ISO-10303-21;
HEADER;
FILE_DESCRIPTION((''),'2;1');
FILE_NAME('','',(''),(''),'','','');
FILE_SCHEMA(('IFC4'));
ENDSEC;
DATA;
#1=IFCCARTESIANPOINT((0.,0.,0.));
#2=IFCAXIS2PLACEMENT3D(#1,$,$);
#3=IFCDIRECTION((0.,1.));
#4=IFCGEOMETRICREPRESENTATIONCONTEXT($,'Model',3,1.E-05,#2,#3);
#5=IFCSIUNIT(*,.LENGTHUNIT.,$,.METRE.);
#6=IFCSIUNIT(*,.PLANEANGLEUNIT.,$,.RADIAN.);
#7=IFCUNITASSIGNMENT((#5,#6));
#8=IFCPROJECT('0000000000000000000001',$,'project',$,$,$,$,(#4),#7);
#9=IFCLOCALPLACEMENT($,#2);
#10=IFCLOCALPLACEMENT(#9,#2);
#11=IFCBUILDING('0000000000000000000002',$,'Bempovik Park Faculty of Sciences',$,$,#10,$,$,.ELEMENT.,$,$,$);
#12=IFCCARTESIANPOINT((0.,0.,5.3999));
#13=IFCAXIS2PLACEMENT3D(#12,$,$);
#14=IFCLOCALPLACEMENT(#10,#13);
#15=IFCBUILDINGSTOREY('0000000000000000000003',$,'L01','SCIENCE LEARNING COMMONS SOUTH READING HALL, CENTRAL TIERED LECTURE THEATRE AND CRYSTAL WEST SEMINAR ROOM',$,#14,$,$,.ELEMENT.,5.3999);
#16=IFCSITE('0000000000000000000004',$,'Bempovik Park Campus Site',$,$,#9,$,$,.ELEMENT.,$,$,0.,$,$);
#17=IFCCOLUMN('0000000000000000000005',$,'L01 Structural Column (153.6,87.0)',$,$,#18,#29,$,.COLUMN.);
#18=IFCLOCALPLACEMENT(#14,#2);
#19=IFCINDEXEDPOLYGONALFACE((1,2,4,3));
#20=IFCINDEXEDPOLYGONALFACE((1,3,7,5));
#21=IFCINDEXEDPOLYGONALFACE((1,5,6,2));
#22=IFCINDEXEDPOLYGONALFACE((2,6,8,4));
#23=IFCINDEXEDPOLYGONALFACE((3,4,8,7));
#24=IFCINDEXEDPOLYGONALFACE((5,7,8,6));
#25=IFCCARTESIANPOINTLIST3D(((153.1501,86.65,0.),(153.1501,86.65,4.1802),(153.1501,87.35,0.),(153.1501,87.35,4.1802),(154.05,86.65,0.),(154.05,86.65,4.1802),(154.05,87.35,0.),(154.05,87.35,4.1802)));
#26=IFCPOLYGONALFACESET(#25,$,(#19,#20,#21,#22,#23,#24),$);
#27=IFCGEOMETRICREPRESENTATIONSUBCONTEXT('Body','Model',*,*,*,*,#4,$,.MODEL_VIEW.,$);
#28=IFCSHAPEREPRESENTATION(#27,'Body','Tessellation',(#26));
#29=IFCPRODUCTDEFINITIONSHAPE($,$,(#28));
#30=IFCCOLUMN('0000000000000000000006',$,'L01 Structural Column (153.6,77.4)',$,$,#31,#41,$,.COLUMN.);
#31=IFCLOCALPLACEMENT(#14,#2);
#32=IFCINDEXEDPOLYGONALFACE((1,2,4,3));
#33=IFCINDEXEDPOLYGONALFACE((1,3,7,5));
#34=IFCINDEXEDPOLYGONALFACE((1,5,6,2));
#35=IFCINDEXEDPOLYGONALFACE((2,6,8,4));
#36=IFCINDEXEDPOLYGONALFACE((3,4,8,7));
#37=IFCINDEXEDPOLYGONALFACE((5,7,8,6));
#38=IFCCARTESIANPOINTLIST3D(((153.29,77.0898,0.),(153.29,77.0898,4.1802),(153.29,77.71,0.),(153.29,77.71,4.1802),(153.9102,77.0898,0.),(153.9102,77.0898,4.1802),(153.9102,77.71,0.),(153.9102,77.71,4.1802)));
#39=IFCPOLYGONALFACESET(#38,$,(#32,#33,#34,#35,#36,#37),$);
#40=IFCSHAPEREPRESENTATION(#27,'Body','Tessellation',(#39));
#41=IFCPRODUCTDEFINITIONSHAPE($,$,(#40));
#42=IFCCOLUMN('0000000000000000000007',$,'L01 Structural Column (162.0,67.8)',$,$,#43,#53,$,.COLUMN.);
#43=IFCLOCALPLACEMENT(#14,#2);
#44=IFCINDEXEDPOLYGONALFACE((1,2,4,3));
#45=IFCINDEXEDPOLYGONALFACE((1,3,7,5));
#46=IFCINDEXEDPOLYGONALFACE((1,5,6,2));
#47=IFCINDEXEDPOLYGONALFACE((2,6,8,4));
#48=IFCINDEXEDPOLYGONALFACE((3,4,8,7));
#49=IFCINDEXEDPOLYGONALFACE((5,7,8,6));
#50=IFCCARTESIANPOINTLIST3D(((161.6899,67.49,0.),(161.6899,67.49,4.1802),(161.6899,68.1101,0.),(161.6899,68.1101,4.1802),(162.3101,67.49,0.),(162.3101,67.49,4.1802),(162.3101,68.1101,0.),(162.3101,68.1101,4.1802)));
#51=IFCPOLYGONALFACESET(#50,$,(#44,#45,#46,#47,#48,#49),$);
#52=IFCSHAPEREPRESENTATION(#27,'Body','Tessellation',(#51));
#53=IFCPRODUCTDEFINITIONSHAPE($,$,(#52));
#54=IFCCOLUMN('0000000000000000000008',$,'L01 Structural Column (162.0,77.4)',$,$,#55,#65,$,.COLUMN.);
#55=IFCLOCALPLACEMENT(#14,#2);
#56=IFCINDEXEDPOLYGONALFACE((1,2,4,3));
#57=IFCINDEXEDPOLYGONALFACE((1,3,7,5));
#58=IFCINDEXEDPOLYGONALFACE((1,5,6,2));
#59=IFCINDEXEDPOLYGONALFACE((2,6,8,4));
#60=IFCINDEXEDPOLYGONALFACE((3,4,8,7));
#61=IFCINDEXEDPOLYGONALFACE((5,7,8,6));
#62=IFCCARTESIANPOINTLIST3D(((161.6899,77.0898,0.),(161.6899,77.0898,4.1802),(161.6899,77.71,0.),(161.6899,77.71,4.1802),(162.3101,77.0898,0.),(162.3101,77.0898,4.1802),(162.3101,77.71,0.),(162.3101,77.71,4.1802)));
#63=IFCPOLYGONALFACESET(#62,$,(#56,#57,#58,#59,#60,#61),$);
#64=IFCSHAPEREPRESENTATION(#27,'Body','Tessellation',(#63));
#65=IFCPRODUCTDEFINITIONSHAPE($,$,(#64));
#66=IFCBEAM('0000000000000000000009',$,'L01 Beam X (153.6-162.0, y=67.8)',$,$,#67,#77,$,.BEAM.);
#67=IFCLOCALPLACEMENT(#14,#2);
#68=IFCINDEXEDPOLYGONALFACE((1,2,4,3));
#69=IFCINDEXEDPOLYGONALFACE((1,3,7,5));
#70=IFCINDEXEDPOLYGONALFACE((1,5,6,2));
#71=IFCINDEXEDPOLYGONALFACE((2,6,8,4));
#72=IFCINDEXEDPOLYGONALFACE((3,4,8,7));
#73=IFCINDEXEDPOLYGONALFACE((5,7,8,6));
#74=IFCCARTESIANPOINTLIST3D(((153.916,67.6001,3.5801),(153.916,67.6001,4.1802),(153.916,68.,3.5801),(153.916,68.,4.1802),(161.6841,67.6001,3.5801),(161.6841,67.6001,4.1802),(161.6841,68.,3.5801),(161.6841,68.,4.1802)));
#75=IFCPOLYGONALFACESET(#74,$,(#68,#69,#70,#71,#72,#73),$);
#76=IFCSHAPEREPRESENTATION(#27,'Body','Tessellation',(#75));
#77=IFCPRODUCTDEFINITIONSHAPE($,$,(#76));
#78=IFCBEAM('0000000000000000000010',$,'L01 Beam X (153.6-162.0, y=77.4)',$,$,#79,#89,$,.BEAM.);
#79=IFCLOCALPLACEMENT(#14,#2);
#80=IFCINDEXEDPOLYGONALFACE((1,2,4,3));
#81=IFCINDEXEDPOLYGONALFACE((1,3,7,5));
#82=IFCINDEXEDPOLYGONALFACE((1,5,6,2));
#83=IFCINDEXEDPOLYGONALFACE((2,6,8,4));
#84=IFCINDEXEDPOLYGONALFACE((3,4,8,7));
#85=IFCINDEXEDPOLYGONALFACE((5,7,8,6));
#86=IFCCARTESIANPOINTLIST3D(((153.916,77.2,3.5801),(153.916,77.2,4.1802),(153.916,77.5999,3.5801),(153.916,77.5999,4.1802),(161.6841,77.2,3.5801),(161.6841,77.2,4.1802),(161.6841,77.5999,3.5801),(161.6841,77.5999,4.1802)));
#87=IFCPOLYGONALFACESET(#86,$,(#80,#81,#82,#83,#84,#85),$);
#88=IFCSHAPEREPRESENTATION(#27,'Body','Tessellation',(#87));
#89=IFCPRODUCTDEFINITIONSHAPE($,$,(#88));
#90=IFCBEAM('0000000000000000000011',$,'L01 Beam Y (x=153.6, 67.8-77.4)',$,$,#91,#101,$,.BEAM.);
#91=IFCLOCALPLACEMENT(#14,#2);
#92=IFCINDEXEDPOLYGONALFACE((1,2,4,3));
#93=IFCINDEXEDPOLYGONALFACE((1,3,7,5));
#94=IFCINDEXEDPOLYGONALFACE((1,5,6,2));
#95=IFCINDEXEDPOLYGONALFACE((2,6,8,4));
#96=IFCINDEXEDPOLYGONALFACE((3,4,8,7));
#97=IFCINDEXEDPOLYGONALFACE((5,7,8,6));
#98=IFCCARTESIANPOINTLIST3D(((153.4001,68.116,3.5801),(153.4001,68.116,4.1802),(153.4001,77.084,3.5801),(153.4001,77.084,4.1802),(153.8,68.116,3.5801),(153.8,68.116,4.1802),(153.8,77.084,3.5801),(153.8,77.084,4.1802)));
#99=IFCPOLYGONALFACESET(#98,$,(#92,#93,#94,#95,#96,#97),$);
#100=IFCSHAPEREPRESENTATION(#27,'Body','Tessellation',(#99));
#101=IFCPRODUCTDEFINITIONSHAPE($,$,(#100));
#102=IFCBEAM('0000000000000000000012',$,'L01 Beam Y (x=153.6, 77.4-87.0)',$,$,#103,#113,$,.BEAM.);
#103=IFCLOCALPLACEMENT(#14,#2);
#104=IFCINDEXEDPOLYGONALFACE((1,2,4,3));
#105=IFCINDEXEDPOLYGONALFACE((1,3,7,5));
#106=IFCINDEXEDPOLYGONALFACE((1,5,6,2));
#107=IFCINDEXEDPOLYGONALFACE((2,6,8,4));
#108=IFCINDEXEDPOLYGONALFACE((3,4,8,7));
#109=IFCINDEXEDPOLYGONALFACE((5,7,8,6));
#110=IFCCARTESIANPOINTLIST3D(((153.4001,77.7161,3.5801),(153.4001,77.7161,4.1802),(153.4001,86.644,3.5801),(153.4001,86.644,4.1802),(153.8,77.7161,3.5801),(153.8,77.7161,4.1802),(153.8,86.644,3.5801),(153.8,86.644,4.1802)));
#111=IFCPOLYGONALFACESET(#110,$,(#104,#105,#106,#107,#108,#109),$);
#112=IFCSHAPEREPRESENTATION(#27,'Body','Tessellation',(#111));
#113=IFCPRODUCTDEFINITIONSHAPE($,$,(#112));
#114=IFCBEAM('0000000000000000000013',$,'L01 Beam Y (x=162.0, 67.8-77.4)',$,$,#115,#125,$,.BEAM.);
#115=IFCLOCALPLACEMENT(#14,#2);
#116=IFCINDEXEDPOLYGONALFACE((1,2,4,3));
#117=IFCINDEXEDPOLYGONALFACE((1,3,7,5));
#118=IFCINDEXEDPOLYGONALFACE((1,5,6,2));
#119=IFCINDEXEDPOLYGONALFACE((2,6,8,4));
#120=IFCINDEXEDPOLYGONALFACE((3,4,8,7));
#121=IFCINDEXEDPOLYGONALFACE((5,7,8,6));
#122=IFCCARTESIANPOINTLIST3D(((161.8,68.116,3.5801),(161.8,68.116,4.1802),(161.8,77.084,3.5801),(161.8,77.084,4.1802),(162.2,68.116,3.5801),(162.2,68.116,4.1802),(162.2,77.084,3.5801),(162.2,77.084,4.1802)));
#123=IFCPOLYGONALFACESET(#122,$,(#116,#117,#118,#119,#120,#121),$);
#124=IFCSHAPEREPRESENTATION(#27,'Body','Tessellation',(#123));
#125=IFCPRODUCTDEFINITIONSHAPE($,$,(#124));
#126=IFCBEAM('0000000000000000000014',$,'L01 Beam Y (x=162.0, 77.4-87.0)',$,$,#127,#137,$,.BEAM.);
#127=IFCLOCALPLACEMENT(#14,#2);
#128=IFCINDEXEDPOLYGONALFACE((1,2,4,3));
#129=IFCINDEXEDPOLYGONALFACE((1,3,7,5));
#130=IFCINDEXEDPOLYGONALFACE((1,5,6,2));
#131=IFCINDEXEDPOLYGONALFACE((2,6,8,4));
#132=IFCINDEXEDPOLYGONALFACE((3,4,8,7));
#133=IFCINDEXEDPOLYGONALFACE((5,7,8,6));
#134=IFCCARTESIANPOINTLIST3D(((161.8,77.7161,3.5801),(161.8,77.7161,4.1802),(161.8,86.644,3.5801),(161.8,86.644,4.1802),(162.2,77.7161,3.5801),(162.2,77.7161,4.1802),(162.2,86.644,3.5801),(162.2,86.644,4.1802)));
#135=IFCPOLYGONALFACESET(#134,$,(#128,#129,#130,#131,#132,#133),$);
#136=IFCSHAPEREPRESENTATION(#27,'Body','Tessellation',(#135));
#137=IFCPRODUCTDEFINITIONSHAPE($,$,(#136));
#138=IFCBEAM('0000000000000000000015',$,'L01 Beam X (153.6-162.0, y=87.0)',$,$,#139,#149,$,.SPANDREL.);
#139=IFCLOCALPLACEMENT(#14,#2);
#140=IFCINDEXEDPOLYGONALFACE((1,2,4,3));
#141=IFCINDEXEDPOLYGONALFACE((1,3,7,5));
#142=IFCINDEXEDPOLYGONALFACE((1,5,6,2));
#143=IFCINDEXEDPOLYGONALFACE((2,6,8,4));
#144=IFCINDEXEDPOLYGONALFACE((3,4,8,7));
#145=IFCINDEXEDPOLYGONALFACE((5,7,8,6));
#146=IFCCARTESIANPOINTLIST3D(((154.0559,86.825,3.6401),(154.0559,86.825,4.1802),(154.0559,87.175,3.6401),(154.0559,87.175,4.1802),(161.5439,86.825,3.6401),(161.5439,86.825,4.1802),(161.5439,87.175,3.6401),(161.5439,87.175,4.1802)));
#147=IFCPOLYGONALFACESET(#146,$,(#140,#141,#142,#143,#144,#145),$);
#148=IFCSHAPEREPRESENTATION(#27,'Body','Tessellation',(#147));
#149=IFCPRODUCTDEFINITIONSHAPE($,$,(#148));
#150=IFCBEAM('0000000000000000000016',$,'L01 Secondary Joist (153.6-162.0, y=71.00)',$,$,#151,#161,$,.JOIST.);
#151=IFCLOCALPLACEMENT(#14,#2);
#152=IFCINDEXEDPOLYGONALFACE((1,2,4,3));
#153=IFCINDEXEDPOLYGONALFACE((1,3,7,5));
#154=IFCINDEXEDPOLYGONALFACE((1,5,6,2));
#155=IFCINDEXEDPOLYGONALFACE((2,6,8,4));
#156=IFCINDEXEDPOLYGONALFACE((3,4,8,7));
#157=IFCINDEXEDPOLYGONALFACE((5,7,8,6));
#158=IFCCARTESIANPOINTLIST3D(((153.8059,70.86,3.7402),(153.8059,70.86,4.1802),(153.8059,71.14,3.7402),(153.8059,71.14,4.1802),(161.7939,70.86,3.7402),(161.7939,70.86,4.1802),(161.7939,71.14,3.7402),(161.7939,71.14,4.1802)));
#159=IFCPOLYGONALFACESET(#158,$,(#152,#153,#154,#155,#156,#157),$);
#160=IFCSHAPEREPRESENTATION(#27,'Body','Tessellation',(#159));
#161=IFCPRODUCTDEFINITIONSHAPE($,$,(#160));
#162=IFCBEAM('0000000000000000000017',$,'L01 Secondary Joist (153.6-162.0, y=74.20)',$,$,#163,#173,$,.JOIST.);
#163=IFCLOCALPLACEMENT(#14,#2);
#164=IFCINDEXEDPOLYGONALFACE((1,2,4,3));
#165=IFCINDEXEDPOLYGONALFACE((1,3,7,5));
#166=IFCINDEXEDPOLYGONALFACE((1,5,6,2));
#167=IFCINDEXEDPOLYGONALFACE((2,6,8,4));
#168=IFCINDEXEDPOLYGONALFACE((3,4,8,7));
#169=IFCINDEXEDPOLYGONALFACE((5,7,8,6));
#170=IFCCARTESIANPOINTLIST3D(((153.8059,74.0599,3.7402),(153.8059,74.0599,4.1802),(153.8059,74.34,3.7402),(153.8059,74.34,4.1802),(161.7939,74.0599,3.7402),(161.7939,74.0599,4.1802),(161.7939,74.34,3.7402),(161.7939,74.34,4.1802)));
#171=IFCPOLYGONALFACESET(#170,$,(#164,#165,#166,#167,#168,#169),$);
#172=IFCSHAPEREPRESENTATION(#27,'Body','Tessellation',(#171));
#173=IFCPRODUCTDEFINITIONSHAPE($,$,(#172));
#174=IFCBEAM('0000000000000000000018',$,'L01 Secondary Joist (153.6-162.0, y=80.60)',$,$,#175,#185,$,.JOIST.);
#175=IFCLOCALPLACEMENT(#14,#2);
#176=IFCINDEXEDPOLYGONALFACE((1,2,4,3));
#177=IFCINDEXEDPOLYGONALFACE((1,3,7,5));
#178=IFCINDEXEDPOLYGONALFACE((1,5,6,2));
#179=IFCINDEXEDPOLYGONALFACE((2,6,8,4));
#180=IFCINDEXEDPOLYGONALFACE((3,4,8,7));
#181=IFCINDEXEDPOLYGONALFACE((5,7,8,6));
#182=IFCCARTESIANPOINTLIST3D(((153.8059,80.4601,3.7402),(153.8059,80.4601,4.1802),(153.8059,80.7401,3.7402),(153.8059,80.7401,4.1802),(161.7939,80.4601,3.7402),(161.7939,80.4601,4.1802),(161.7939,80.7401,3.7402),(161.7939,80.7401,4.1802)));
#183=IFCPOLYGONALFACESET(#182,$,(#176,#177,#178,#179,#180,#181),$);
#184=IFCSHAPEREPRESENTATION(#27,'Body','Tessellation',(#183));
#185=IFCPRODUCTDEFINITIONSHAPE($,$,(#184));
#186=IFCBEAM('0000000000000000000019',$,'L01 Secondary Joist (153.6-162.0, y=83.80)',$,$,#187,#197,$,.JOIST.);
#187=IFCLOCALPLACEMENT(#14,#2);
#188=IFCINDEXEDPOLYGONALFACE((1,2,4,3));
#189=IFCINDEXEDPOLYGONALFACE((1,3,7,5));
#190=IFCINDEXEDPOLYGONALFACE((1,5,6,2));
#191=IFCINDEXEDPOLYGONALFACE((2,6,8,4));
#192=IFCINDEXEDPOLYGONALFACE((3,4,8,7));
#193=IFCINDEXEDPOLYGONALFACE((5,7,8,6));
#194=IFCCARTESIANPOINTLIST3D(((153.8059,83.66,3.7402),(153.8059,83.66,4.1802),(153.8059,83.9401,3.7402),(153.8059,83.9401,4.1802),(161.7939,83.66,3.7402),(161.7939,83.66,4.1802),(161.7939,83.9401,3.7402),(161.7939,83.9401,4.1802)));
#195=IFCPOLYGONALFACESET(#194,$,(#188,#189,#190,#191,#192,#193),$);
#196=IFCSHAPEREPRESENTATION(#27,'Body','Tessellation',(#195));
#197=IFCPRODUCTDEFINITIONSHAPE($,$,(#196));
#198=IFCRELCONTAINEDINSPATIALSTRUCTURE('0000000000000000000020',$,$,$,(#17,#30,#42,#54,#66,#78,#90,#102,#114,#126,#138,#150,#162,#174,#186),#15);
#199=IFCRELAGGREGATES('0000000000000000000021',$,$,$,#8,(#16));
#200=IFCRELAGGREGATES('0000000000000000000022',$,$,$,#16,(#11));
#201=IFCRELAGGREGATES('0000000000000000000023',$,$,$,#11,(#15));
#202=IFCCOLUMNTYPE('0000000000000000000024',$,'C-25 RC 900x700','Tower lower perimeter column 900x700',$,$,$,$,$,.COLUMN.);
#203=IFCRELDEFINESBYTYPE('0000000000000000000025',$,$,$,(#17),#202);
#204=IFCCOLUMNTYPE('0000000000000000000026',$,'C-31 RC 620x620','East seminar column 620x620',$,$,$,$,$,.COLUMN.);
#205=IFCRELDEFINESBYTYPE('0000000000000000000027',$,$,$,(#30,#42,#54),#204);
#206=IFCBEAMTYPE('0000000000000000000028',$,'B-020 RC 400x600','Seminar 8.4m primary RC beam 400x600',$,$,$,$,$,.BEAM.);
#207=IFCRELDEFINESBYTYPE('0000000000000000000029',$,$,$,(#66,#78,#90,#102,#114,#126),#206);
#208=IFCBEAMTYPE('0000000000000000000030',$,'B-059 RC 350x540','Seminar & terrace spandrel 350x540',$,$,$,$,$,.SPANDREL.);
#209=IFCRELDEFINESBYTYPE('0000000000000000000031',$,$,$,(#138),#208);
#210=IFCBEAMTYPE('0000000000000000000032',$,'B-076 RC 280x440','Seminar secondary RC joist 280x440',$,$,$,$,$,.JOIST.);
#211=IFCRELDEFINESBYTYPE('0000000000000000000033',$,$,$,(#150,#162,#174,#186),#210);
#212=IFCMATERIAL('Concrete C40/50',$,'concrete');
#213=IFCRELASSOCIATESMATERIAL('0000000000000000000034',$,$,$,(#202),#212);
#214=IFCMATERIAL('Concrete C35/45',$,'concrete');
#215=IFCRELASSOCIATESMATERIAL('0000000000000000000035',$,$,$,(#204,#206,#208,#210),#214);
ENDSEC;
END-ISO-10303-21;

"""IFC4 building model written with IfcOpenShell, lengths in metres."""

from ifc_helpers import new_model, si_unit, direction, frame, origin, origin_2d, place, context, subcontext, project, spatial, rectangle, extrude, material, material_profile, profile_set, type_object, element, save


model = new_model("IFC4")

# Units and contexts
model_context = context("Model", 3, precision=1e-05, world=origin(), true_north=direction((0.0, 1.0)))
body_context = subcontext(model_context, "Body", "Model", "MODEL_VIEW")
ifc_project = project(units=[si_unit("LENGTHUNIT", "METRE"), si_unit("PLANEANGLEUNIT", "RADIAN")], contexts=[model_context])

# Site, building, storey
site_placement = place(None, origin())
site = spatial("IfcSite", under=ifc_project, at=site_placement, Name="Bempovik Park Campus Site", CompositionType="ELEMENT", RefElevation=0.0)
building_placement = place(site_placement, origin())
building = spatial("IfcBuilding", under=site, at=building_placement, Name="Bempovik Park Faculty of Sciences", CompositionType="ELEMENT")
storey_placement = place(building_placement, frame((0.0, 0.0, 5.3999)))
storey = spatial("IfcBuildingStorey", under=building, at=storey_placement, Name="L01", Description="SCIENCE LEARNING COMMONS SOUTH READING HALL, CENTRAL TIERED LECTURE THEATRE AND CRYSTAL WEST SEMINAR ROOM", CompositionType="ELEMENT", Elevation=5.3999)

# Columns
ifc_material_1 = material(Name="Concrete C40/50", Category="concrete")
ifc_material_profile_1 = material_profile(ifc_material_1, rectangle(XDim=0.8999, YDim=0.7, at=origin_2d()), Name="RC 900x700")
ifc_profile_set_1 = profile_set([ifc_material_profile_1], Name="Concrete C40/50")
column_type_1 = type_object("IfcColumnType", Name="C-25 RC 900x700", Description="Tower lower perimeter column 900x700", PredefinedType="COLUMN", material=ifc_profile_set_1)
column_placement = place(storey_placement, frame((153.6001, 87.0, 0.0), z_axis=(0.0, 0.0, 1.0), x_axis=(1.0, 0.0, 0.0)))
element("IfcColumn", 1, at=column_placement, inside=storey, type_object=column_type_1, Name="L01 Structural Column (153.6,87.0)", PredefinedType="COLUMN", context=body_context, shape_type="SweptSolid", body=[
    extrude(rectangle(XDim=0.8999, YDim=0.7, at=origin_2d()), origin(), (0.0, 0.0, 1.0), 4.1802),
])
ifc_material_2 = material(Name="Concrete C35/45", Category="concrete")
ifc_material_profile_2 = material_profile(ifc_material_2, rectangle(XDim=0.6201, YDim=0.6201, at=origin_2d()), Name="RC 620x620")
ifc_profile_set_2 = profile_set([ifc_material_profile_2], Name="Concrete C35/45")
column_type_2 = type_object("IfcColumnType", Name="C-31 RC 620x620", Description="East seminar column 620x620", PredefinedType="COLUMN", material=ifc_profile_set_2)
for number, where, z_axis, x_axis, name in (
    (2, (153.6001, 77.3999, 0.0), (0.0, 0.0, 1.0), (1.0, 0.0, 0.0), "L01 Structural Column (153.6,77.4)"),
    (3, (162.0, 67.8, 0.0), (0.0, 0.0, 1.0), (1.0, 0.0, 0.0), "L01 Structural Column (162.0,67.8)"),
    (4, (162.0, 77.3999, 0.0), (0.0, 0.0, 1.0), (1.0, 0.0, 0.0), "L01 Structural Column (162.0,77.4)"),
):
    element("IfcColumn", number, at=place(storey_placement, frame(where, z_axis=z_axis, x_axis=x_axis)), inside=storey, type_object=column_type_2, Name=name, PredefinedType="COLUMN", context=body_context, shape_type="SweptSolid", body=[
        extrude(rectangle(XDim=0.6201, YDim=0.6201, at=origin_2d()), origin(), (0.0, 0.0, 1.0), 4.1802),
    ])

# Beams
ifc_material_profile_3 = material_profile(ifc_material_2, rectangle(XDim=0.3999, YDim=0.6001, at=origin_2d()), Name="RC 400x600")
ifc_profile_set_3 = profile_set([ifc_material_profile_3], Name="Concrete C35/45")
beam_type_1 = type_object("IfcBeamType", Name="B-020 RC 400x600", Description="Seminar 8.4m primary RC beam 400x600", PredefinedType="BEAM", material=ifc_profile_set_3)
for number, where, z_axis, x_axis, name in (
    (5, (153.916, 67.8, 3.8801), (1.0, 0.0, 0.0), (0.0, 1.0, 0.0), "L01 Beam X (153.6-162.0, y=67.8)"),
    (6, (153.916, 77.3999, 3.8801), (1.0, 0.0, 0.0), (0.0, 1.0, 0.0), "L01 Beam X (153.6-162.0, y=77.4)"),
):
    element("IfcBeam", number, at=place(storey_placement, frame(where, z_axis=z_axis, x_axis=x_axis)), inside=storey, type_object=beam_type_1, Name=name, PredefinedType="BEAM", context=body_context, shape_type="SweptSolid", body=[
        extrude(rectangle(XDim=0.3999, YDim=0.6001, at=origin_2d()), origin(), (0.0, 0.0, 1.0), 7.7681),
    ])
beam_1_placement = place(storey_placement, frame((153.6001, 68.116, 3.8801), z_axis=(0.0, 1.0, 0.0), x_axis=(-1.0, 0.0, 0.0)))
element("IfcBeam", 7, at=beam_1_placement, inside=storey, type_object=beam_type_1, Name="L01 Beam Y (x=153.6, 67.8-77.4)", PredefinedType="BEAM", context=body_context, shape_type="SweptSolid", body=[
    extrude(rectangle(XDim=0.3999, YDim=0.6001, at=origin_2d()), origin(), (0.0, 0.0, 1.0), 8.968),
])
beam_2_placement = place(storey_placement, frame((153.6001, 77.7161, 3.8801), z_axis=(0.0, 1.0, 0.0), x_axis=(-1.0, 0.0, 0.0)))
element("IfcBeam", 8, at=beam_2_placement, inside=storey, type_object=beam_type_1, Name="L01 Beam Y (x=153.6, 77.4-87.0)", PredefinedType="BEAM", context=body_context, shape_type="SweptSolid", body=[
    extrude(rectangle(XDim=0.3999, YDim=0.6001, at=origin_2d()), origin(), (0.0, 0.0, 1.0), 8.928),
])
beam_3_placement = place(storey_placement, frame((162.0, 68.116, 3.8801), z_axis=(0.0, 1.0, 0.0), x_axis=(-1.0, 0.0, 0.0)))
element("IfcBeam", 9, at=beam_3_placement, inside=storey, type_object=beam_type_1, Name="L01 Beam Y (x=162.0, 67.8-77.4)", PredefinedType="BEAM", context=body_context, shape_type="SweptSolid", body=[
    extrude(rectangle(XDim=0.3999, YDim=0.6001, at=origin_2d()), origin(), (0.0, 0.0, 1.0), 8.968),
])
beam_4_placement = place(storey_placement, frame((162.0, 77.7161, 3.8801), z_axis=(0.0, 1.0, 0.0), x_axis=(-1.0, 0.0, 0.0)))
element("IfcBeam", 10, at=beam_4_placement, inside=storey, type_object=beam_type_1, Name="L01 Beam Y (x=162.0, 77.4-87.0)", PredefinedType="BEAM", context=body_context, shape_type="SweptSolid", body=[
    extrude(rectangle(XDim=0.3999, YDim=0.6001, at=origin_2d()), origin(), (0.0, 0.0, 1.0), 8.928),
])
ifc_material_profile_4 = material_profile(ifc_material_2, rectangle(XDim=0.3501, YDim=0.54, at=origin_2d()), Name="RC 350x540")
ifc_profile_set_4 = profile_set([ifc_material_profile_4], Name="Concrete C35/45")
beam_type_2 = type_object("IfcBeamType", Name="B-059 RC 350x540", Description="Seminar & terrace spandrel 350x540", PredefinedType="SPANDREL", material=ifc_profile_set_4)
beam_5_placement = place(storey_placement, frame((154.0559, 87.0, 3.9102), z_axis=(1.0, 0.0, 0.0), x_axis=(0.0, 1.0, 0.0)))
element("IfcBeam", 11, at=beam_5_placement, inside=storey, type_object=beam_type_2, Name="L01 Beam X (153.6-162.0, y=87.0)", PredefinedType="SPANDREL", context=body_context, shape_type="SweptSolid", body=[
    extrude(rectangle(XDim=0.3501, YDim=0.54, at=origin_2d()), origin(), (0.0, 0.0, 1.0), 7.488),
])
ifc_material_profile_5 = material_profile(ifc_material_2, rectangle(XDim=0.28, YDim=0.4399, at=origin_2d()), Name="RC 280x440")
ifc_profile_set_5 = profile_set([ifc_material_profile_5], Name="Concrete C35/45")
beam_type_3 = type_object("IfcBeamType", Name="B-076 RC 280x440", Description="Seminar secondary RC joist 280x440", PredefinedType="JOIST", material=ifc_profile_set_5)
for number, where, z_axis, x_axis, name in (
    (12, (153.8059, 71.0, 3.9602), (1.0, 0.0, 0.0), (0.0, 1.0, 0.0), "L01 Secondary Joist (153.6-162.0, y=71.00)"),
    (13, (153.8059, 74.2, 3.9602), (1.0, 0.0, 0.0), (0.0, 1.0, 0.0), "L01 Secondary Joist (153.6-162.0, y=74.20)"),
    (14, (153.8059, 80.6001, 3.9602), (1.0, 0.0, 0.0), (0.0, 1.0, 0.0), "L01 Secondary Joist (153.6-162.0, y=80.60)"),
    (15, (153.8059, 83.8, 3.9602), (1.0, 0.0, 0.0), (0.0, 1.0, 0.0), "L01 Secondary Joist (153.6-162.0, y=83.80)"),
):
    element("IfcBeam", number, at=place(storey_placement, frame(where, z_axis=z_axis, x_axis=x_axis)), inside=storey, type_object=beam_type_3, Name=name, PredefinedType="JOIST", context=body_context, shape_type="SweptSolid", body=[
        extrude(rectangle(XDim=0.28, YDim=0.4399, at=origin_2d()), origin(), (0.0, 0.0, 1.0), 7.988),
    ])

save(model, "model.ifc")
